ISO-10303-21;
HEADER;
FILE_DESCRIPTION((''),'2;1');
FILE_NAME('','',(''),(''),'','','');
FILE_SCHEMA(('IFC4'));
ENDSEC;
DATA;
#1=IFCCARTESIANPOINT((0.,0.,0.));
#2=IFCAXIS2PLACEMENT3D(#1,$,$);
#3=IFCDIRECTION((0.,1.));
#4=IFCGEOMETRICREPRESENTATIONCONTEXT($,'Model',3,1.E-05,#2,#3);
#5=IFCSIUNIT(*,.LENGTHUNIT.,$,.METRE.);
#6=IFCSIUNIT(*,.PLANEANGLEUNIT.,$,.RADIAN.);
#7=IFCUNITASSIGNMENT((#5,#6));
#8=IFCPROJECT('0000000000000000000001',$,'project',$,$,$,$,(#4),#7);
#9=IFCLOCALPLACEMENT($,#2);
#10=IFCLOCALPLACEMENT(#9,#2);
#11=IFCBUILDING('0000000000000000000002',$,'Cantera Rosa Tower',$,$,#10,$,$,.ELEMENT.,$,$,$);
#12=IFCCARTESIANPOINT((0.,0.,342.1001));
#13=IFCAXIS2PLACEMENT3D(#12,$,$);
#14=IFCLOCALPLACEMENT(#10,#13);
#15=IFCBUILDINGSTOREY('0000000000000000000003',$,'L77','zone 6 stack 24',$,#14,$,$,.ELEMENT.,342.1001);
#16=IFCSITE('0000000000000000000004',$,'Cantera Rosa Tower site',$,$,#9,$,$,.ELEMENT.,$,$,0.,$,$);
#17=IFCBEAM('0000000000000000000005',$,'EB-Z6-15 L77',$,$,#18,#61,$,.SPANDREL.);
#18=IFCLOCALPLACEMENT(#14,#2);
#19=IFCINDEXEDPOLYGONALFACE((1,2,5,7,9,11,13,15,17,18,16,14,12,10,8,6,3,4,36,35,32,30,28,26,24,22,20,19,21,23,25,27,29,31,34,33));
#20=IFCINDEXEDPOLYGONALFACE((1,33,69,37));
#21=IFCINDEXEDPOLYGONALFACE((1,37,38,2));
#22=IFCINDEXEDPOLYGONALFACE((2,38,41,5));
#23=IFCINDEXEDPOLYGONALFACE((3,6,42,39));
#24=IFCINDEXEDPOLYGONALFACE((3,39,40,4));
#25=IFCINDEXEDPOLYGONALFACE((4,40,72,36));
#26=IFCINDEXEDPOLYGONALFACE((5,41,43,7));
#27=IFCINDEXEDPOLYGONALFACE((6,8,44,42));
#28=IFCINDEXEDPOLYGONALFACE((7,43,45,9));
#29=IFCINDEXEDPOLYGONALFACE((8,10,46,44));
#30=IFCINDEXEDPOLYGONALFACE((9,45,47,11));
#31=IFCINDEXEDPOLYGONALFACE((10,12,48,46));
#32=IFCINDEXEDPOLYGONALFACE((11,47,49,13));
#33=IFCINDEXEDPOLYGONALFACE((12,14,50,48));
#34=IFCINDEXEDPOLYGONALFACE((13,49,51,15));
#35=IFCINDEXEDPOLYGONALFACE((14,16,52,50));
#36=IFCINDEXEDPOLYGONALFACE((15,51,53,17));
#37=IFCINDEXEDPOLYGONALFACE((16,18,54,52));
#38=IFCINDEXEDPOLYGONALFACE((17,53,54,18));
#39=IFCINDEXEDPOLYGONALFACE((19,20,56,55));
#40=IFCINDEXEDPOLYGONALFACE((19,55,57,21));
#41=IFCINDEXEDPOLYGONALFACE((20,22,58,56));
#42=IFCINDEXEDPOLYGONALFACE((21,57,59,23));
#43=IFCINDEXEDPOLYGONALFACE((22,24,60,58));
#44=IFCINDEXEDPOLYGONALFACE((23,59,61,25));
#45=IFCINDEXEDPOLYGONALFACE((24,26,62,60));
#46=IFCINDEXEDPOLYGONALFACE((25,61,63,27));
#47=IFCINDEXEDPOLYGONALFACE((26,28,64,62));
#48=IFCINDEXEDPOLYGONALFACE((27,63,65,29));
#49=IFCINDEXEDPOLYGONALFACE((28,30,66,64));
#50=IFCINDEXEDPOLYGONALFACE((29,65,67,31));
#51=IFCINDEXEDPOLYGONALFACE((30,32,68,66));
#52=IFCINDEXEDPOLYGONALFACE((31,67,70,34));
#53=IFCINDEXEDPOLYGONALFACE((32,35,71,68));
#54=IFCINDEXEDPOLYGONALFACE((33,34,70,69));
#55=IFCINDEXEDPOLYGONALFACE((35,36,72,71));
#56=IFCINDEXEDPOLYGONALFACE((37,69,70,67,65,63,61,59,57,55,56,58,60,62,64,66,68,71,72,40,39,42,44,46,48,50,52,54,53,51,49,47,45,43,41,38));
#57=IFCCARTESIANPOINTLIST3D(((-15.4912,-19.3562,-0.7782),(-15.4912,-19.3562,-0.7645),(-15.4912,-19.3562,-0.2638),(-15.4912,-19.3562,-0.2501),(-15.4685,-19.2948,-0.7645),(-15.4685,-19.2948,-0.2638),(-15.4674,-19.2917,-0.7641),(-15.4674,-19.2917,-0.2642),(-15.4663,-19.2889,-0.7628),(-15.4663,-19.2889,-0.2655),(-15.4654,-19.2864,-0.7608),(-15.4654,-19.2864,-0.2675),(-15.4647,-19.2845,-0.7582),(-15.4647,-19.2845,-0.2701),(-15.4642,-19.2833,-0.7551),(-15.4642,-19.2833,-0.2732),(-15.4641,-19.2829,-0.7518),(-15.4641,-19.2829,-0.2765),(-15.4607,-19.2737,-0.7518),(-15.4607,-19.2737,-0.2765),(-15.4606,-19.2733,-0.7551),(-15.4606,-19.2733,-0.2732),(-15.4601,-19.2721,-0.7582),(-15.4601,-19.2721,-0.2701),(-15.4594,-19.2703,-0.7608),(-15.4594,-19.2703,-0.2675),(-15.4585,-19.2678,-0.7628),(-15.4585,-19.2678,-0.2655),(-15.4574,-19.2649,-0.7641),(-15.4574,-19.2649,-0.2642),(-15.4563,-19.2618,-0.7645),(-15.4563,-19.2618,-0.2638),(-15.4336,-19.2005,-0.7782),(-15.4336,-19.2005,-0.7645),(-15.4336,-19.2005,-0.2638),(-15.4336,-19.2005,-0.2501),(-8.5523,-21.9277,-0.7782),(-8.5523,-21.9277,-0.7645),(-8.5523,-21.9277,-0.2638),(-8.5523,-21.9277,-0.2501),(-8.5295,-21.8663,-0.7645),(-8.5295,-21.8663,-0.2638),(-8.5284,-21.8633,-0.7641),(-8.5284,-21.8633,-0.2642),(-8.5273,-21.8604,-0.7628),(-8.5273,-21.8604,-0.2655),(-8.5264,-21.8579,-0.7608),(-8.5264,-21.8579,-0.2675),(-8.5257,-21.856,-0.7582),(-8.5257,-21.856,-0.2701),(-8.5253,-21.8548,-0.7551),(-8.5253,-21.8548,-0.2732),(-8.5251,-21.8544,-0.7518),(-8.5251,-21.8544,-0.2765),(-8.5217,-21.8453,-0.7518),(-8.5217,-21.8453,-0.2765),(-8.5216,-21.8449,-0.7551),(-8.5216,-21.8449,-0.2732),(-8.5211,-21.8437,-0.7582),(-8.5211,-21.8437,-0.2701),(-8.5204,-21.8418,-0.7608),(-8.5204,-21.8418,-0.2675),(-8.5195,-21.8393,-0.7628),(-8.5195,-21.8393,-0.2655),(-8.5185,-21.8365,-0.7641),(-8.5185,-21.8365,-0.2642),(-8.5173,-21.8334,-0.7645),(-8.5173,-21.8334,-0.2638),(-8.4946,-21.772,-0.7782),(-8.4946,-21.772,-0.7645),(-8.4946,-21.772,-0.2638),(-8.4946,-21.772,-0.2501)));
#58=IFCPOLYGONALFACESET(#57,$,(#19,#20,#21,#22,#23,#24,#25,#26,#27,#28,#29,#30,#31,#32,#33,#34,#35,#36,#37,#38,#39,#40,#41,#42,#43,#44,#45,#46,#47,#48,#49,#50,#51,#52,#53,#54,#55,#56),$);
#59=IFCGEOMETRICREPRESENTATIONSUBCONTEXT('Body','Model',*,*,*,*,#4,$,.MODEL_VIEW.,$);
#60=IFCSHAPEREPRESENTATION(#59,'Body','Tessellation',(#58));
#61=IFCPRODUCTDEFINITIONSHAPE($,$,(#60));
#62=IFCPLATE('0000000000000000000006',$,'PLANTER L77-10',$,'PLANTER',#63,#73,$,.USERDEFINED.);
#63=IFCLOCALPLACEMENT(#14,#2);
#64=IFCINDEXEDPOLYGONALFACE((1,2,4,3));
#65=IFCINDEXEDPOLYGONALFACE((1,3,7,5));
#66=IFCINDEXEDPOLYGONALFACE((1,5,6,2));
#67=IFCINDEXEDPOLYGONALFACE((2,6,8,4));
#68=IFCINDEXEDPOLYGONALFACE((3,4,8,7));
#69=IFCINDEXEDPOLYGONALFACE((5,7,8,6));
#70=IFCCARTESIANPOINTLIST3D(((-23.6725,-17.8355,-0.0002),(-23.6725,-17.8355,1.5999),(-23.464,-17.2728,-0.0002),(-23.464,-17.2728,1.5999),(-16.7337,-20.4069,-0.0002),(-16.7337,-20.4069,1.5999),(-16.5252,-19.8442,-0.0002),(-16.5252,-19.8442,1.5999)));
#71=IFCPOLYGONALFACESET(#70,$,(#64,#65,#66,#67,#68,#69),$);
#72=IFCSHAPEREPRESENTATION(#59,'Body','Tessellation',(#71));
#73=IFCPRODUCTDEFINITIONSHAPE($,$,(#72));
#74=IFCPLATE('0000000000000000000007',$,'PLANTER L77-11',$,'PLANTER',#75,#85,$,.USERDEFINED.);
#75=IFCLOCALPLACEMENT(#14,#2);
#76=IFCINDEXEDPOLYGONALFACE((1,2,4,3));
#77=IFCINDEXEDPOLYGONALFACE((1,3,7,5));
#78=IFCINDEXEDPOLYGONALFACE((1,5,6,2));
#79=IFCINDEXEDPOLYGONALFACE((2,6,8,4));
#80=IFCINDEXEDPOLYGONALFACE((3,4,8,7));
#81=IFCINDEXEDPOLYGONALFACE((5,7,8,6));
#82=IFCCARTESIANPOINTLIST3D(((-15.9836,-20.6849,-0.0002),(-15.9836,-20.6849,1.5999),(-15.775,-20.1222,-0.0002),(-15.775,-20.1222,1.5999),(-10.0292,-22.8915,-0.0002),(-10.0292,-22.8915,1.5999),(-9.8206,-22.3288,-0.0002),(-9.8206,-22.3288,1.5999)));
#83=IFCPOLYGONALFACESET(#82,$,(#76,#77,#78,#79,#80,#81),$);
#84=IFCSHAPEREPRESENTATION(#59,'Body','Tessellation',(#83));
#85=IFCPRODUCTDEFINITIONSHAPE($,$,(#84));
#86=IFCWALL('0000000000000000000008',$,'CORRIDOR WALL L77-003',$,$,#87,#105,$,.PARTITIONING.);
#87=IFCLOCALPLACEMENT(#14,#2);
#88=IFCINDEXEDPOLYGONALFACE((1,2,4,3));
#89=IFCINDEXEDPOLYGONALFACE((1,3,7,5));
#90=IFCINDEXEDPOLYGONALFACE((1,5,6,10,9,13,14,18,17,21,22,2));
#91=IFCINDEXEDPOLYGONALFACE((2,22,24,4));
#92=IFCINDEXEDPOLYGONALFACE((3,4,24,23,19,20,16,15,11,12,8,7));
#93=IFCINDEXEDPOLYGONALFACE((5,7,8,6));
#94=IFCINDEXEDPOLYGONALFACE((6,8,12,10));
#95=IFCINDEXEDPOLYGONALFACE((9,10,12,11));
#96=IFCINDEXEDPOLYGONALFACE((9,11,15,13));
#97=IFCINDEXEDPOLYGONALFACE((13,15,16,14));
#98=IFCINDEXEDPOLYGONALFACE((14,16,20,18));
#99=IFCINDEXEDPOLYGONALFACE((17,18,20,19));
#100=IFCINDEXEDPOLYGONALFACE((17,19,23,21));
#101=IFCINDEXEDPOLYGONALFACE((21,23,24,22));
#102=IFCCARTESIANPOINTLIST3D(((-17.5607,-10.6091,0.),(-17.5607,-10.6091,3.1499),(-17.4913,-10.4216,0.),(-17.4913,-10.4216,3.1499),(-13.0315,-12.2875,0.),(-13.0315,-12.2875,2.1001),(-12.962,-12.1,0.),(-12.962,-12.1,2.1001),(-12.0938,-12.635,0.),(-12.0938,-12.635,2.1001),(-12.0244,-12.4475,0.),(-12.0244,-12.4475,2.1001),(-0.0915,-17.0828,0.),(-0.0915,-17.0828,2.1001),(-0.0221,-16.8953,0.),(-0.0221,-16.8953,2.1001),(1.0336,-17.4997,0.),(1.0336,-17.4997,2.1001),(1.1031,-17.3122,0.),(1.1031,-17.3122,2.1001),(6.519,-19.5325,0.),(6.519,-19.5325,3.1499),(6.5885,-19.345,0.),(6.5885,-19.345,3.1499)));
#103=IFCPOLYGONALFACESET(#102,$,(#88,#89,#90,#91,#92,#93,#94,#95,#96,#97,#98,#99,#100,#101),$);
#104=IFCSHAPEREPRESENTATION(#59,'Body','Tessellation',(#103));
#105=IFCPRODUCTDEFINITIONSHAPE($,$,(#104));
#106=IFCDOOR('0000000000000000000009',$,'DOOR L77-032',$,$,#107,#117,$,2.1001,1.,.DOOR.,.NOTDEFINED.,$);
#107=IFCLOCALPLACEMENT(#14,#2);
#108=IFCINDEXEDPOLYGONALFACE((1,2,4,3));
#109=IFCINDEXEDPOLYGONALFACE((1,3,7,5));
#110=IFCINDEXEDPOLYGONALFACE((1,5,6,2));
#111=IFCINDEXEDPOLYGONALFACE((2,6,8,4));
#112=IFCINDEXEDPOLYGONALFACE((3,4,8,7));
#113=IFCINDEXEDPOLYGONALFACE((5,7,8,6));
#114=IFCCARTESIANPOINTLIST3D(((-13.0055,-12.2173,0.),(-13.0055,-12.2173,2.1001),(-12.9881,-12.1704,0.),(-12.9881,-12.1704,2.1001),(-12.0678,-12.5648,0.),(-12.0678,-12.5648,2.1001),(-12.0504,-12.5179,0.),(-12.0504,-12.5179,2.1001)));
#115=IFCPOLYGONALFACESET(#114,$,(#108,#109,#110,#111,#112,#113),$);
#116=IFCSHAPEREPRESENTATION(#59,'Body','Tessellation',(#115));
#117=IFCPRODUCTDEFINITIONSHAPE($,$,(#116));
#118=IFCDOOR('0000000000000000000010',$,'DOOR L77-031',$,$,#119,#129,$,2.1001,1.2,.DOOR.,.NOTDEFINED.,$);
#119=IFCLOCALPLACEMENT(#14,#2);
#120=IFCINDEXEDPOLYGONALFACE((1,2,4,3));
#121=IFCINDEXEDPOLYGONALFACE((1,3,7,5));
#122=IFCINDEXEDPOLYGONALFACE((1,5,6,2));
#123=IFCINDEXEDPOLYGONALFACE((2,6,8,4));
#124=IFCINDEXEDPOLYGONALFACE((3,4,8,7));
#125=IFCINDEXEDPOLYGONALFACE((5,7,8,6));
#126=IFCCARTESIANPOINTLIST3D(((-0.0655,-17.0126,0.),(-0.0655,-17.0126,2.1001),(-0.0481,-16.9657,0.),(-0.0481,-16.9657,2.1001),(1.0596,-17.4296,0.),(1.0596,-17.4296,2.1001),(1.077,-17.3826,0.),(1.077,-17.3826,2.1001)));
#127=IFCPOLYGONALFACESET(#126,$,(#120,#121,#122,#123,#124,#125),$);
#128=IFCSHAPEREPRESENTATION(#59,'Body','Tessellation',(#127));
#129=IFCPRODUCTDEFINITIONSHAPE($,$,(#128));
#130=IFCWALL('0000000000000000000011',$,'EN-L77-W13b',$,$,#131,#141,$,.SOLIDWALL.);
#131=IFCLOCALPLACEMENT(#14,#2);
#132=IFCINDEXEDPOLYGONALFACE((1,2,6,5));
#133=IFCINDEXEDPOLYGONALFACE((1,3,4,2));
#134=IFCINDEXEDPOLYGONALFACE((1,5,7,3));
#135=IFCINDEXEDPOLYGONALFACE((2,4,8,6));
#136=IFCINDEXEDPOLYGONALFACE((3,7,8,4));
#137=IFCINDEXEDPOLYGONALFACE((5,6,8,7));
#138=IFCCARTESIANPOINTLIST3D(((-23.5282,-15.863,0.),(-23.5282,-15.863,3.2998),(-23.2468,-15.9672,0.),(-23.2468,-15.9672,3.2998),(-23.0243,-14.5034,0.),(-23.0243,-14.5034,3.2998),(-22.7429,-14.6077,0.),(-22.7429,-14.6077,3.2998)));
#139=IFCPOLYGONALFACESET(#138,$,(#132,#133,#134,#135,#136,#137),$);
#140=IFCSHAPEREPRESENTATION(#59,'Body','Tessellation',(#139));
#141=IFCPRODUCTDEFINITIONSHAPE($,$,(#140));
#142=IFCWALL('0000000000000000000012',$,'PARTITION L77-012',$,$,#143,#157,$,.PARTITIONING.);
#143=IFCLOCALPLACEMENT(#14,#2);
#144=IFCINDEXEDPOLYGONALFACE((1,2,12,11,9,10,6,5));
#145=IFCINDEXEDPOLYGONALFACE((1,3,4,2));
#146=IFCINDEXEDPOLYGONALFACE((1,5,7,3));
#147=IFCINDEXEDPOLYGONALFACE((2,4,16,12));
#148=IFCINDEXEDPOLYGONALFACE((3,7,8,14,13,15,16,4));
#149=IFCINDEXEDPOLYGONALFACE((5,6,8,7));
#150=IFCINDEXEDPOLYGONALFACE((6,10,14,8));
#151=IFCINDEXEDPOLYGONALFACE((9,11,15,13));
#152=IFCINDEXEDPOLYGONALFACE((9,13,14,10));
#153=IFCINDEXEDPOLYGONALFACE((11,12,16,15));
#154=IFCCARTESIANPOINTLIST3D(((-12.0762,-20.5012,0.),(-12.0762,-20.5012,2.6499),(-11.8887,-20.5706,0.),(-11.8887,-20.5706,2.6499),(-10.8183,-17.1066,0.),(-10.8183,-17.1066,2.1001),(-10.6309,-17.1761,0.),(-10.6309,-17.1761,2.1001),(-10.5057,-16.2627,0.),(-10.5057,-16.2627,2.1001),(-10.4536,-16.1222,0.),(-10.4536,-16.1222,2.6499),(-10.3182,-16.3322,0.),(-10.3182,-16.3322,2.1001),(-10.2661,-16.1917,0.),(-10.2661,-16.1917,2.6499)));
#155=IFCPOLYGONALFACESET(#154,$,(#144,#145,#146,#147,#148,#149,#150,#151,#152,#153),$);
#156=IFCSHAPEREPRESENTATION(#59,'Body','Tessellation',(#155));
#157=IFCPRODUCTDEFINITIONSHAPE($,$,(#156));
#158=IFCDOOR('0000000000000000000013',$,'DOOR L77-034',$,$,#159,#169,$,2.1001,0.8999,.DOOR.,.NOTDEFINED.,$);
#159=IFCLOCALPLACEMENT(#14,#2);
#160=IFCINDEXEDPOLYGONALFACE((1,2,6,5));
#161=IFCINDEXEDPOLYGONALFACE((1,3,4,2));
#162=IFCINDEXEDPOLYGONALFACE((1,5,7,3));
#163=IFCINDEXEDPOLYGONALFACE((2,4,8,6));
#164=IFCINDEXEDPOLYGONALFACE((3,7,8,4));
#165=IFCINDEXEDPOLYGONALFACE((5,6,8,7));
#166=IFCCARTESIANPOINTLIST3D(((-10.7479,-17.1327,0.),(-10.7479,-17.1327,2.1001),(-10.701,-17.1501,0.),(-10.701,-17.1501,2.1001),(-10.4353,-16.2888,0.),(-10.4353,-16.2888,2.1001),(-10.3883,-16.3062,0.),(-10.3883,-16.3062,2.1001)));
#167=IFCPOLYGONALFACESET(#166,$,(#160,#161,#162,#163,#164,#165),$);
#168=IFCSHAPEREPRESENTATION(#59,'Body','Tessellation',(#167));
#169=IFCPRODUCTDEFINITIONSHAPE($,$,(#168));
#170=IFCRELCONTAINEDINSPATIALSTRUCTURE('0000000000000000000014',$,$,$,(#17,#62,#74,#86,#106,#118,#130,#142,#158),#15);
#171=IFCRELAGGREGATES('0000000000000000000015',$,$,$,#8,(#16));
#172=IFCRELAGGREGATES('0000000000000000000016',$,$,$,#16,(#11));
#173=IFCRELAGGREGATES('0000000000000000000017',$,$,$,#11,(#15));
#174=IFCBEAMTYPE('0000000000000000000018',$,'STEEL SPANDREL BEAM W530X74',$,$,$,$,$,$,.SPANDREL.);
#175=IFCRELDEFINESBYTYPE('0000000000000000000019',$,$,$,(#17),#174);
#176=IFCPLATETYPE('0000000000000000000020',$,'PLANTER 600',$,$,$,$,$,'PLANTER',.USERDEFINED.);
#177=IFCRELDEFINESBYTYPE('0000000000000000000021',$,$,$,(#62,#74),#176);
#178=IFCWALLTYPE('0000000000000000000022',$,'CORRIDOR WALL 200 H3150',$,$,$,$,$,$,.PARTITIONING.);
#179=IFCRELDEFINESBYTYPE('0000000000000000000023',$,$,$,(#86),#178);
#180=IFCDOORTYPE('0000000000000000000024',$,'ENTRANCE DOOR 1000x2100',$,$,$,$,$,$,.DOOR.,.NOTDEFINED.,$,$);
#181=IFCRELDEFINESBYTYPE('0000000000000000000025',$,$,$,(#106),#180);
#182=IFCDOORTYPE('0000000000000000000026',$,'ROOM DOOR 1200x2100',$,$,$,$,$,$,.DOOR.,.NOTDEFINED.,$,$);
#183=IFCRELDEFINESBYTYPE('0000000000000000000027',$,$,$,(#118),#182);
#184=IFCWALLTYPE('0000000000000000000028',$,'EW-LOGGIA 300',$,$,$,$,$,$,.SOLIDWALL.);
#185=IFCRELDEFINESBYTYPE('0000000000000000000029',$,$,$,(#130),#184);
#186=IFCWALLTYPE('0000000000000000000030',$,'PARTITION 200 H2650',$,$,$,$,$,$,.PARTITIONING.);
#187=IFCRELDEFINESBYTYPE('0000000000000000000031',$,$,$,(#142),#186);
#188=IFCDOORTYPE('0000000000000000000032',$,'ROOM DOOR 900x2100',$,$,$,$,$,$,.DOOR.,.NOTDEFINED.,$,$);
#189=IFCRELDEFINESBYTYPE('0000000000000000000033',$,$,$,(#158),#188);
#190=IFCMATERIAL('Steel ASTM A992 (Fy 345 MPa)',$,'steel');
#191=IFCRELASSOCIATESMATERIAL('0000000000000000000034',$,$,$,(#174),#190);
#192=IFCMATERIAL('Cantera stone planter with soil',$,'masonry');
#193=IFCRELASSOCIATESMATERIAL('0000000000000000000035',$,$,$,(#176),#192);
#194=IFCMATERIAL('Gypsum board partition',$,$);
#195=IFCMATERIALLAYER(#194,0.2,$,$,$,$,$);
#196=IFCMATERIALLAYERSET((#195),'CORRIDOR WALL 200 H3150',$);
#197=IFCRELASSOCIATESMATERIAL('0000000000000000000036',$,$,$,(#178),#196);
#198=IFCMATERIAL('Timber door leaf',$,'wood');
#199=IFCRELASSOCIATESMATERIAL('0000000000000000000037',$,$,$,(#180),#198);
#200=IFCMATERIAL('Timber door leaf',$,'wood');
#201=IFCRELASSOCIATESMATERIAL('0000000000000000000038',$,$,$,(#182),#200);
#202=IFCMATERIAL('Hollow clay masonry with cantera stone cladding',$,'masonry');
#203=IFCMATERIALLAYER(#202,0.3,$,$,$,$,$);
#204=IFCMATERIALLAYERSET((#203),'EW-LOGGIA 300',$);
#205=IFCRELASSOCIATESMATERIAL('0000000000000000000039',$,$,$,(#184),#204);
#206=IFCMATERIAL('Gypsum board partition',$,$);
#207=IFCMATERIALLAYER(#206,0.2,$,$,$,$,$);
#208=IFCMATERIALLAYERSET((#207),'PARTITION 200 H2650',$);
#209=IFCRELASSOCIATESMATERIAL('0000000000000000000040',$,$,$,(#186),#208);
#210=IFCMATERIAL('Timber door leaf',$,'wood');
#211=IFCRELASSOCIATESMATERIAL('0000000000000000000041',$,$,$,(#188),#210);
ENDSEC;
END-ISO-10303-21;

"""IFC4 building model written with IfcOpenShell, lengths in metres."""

from ifc_helpers import new_model, si_unit, direction, frame, frame_2d, origin, origin_2d, place, context, subcontext, project, spatial, rectangle, i_section, extrude, material, layer, layer_set, material_profile, profile_set, type_object, element, fill, save


model = new_model("IFC4")

# Units and contexts
model_context = context("Model", 3, precision=1e-05, world=origin(), true_north=direction((0.0, 1.0)))
body_context = subcontext(model_context, "Body", "Model", "MODEL_VIEW")
ifc_project = project(units=[si_unit("LENGTHUNIT", "METRE"), si_unit("PLANEANGLEUNIT", "RADIAN")], contexts=[model_context])

# Site, building, storey
site_placement = place(None, origin())
site = spatial("IfcSite", under=ifc_project, at=site_placement, Name="Cantera Rosa Tower site", CompositionType="ELEMENT", RefElevation=0.0)
building_placement = place(site_placement, origin())
building = spatial("IfcBuilding", under=site, at=building_placement, Name="Cantera Rosa Tower", CompositionType="ELEMENT")
storey_placement = place(building_placement, frame((0.0, 0.0, 342.1001)))
storey = spatial("IfcBuildingStorey", under=building, at=storey_placement, Name="L77", Description="zone 6 stack 24", CompositionType="ELEMENT", Elevation=342.1001)

# Beam
ifc_material_1 = material(Name="Steel ASTM A992 (Fy 345 MPa)", Category="steel")
ifc_material_profile_1 = material_profile(ifc_material_1, i_section(OverallWidth=0.166, OverallDepth=0.5281, WebThickness=0.0098, FlangeThickness=0.0137, FilletRadius=0.0127, at=origin_2d()), Name="W530X74")
ifc_profile_set_1 = profile_set([ifc_material_profile_1], Name="Steel ASTM A992 (Fy 345 MPa)")
beam_type_1 = type_object("IfcBeamType", Name="STEEL SPANDREL BEAM W530X74", PredefinedType="SPANDREL", material=ifc_profile_set_1)
beam_1_placement = place(storey_placement, frame((-15.4624, -19.2783, -0.5142), z_axis=(0.937681, -0.347498, 0.0), x_axis=(0.347498, 0.937681, 0.0)))
element("IfcBeam", 1, at=beam_1_placement, inside=storey, type_object=beam_type_1, Name="EB-Z6-15 L77", PredefinedType="SPANDREL", context=body_context, shape_type="SweptSolid", body=[
    extrude(i_section(OverallWidth=0.166, OverallDepth=0.5281, WebThickness=0.0098, FlangeThickness=0.0137, FilletRadius=0.0127, at=origin_2d()), origin(), (0.0, 0.0, 1.0), 7.4001),
])

# Plates
ifc_material_2 = material(Name="Cantera stone planter with soil", Category="masonry")
plate_type = type_object("IfcPlateType", Name="PLANTER 600", ElementType="PLANTER", PredefinedType="USERDEFINED", material=ifc_material_2)
plate_1_placement = place(storey_placement, frame((-20.0989, -18.8398, -0.0002), z_axis=(0.0, 0.0, 1.0), x_axis=(0.937687, -0.347481, 0.0)))
element("IfcPlate", 2, at=plate_1_placement, inside=storey, type_object=plate_type, Name="PLANTER L77-10", ObjectType="PLANTER", PredefinedType="USERDEFINED", context=body_context, shape_type="SweptSolid", body=[
    extrude(rectangle(XDim=7.3999, YDim=0.6001, at=origin_2d()), origin(), (0.0, 0.0, 1.0), 1.6001),
])
plate_2_placement = place(storey_placement, frame((-12.9021, -21.5068, -0.0002), z_axis=(0.0, 0.0, 1.0), x_axis=(0.937687, -0.347481, 0.0)))
element("IfcPlate", 3, at=plate_2_placement, inside=storey, type_object=plate_type, Name="PLANTER L77-11", ObjectType="PLANTER", PredefinedType="USERDEFINED", context=body_context, shape_type="SweptSolid", body=[
    extrude(rectangle(XDim=6.3501, YDim=0.6001, at=origin_2d()), origin(), (0.0, 0.0, 1.0), 1.6001),
])

# Wall, openings, doors
ifc_material_3 = material(Name="Gypsum board partition")
ifc_layer_1 = layer(ifc_material_3, 0.2)
ifc_layer_set_1 = layer_set([ifc_layer_1], Name="CORRIDOR WALL 200 H3150")
wall_type_1 = type_object("IfcWallType", Name="CORRIDOR WALL 200 H3150", PredefinedType="PARTITIONING", material=ifc_layer_set_1)
wall_1_placement = place(storey_placement, frame((-17.5259, -10.5154, 0.0), z_axis=(0.0, 0.0, 1.0), x_axis=(0.937686, -0.347485, 0.0)))
wall_1 = element("IfcWall", 4, at=wall_1_placement, inside=storey, type_object=wall_type_1, Name="CORRIDOR WALL L77-003", PredefinedType="PARTITIONING", context=body_context, shape_type="SweptSolid", body=[
    extrude(rectangle(XDim=25.6799, YDim=0.2, at=frame_2d((12.8398, 0.0))), origin(), (0.0, 0.0, 1.0), 3.1499),
])
opening_1_placement = place(wall_1_placement, frame((18.6299, 0.0, 0.0)))
opening_1 = element("IfcOpeningElement", 5, at=opening_1_placement, cuts=wall_1, PredefinedType="OPENING", context=body_context, shape_type="SweptSolid", body=[
    extrude(rectangle(XDim=1.2, YDim=2.1001, at=frame_2d((0.6001, 1.05))), frame((0.0, 0.1099, 0.0), z_axis=(0.0, -1.0, 0.0), x_axis=(1.0, 0.0, 0.0)), (0.0, 0.0, 1.0), 0.22),
])
opening_2_placement = place(wall_1_placement, frame((4.8301, 0.0, 0.0)))
opening_2 = element("IfcOpeningElement", 6, at=opening_2_placement, cuts=wall_1, PredefinedType="OPENING", context=body_context, shape_type="SweptSolid", body=[
    extrude(rectangle(XDim=1.0, YDim=2.1001, at=frame_2d((0.5, 1.05))), frame((0.0, 0.1099, 0.0), z_axis=(0.0, -1.0, 0.0), x_axis=(1.0, 0.0, 0.0)), (0.0, 0.0, 1.0), 0.22),
])
ifc_material_4 = material(Name="Timber door leaf", Category="wood")
door_type_1 = type_object("IfcDoorType", Name="ENTRANCE DOOR 1000x2100", OperationType="NOTDEFINED", PredefinedType="DOOR", material=ifc_material_4)
door_1_placement = place(opening_2_placement, origin())
door_1 = element("IfcDoor", 7, at=door_1_placement, inside=storey, type_object=door_type_1, Name="DOOR L77-032", OperationType="NOTDEFINED", OverallHeight=2.1001, OverallWidth=1.0, PredefinedType="DOOR", context=body_context, shape_type="SweptSolid", body=[
    extrude(rectangle(XDim=1.0, YDim=2.1001, at=frame_2d((0.5, 1.05))), frame((0.0, 0.0249, 0.0), z_axis=(0.0, -1.0, 0.0), x_axis=(1.0, 0.0, 0.0)), (0.0, 0.0, 1.0), 0.05),
])
fill(opening_2, door_1)
ifc_material_5 = material(Name="Timber door leaf", Category="wood")
door_type_2 = type_object("IfcDoorType", Name="ROOM DOOR 1200x2100", OperationType="NOTDEFINED", PredefinedType="DOOR", material=ifc_material_5)
door_2_placement = place(opening_1_placement, origin())
door_2 = element("IfcDoor", 8, at=door_2_placement, inside=storey, type_object=door_type_2, Name="DOOR L77-031", OperationType="NOTDEFINED", OverallHeight=2.1001, OverallWidth=1.2, PredefinedType="DOOR", context=body_context, shape_type="SweptSolid", body=[
    extrude(rectangle(XDim=1.2, YDim=2.1001, at=frame_2d((0.6001, 1.05))), frame((0.0, 0.0249, 0.0), z_axis=(0.0, -1.0, 0.0), x_axis=(1.0, 0.0, 0.0)), (0.0, 0.0, 1.0), 0.05),
])
fill(opening_1, door_2)

# Wall
ifc_material_6 = material(Name="Hollow clay masonry with cantera stone cladding", Category="masonry")
ifc_layer_2 = layer(ifc_material_6, 0.3)
ifc_layer_set_2 = layer_set([ifc_layer_2], Name="EW-LOGGIA 300")
wall_type_2 = type_object("IfcWallType", Name="EW-LOGGIA 300", PredefinedType="SOLIDWALL", material=ifc_layer_set_2)
wall_2_placement = place(storey_placement, frame((-22.8835, -14.5554, 0.0), z_axis=(0.0, 0.0, 1.0), x_axis=(-0.347523, -0.937672, 0.0)))
element("IfcWall", 9, at=wall_2_placement, inside=storey, type_object=wall_type_2, Name="EN-L77-W13b", PredefinedType="SOLIDWALL", context=body_context, shape_type="SweptSolid", body=[
    extrude(rectangle(XDim=1.45, YDim=0.3, at=frame_2d((0.7251, 0.0))), origin(), (0.0, 0.0, 1.0), 3.2998),
])

# Wall, opening, door
ifc_material_7 = material(Name="Gypsum board partition")
ifc_layer_3 = layer(ifc_material_7, 0.2)
ifc_layer_set_3 = layer_set([ifc_layer_3], Name="PARTITION 200 H2650")
wall_type_3 = type_object("IfcWallType", Name="PARTITION 200 H2650", PredefinedType="PARTITIONING", material=ifc_layer_set_3)
wall_3_placement = place(storey_placement, frame((-11.9824, -20.5359, 0.0), z_axis=(0.0, 0.0, 1.0), x_axis=(0.347454, 0.937697, 0.0)))
wall_3 = element("IfcWall", 10, at=wall_3_placement, inside=storey, type_object=wall_type_3, Name="PARTITION L77-012", PredefinedType="PARTITIONING", context=body_context, shape_type="SweptSolid", body=[
    extrude(rectangle(XDim=4.6699, YDim=0.2, at=frame_2d((2.335, 0.0))), origin(), (0.0, 0.0, 1.0), 2.6499),
])
opening_3_placement = place(wall_3_placement, frame((3.6201, 0.0, 0.0)))
opening_3 = element("IfcOpeningElement", 11, at=opening_3_placement, cuts=wall_3, PredefinedType="OPENING", context=body_context, shape_type="SweptSolid", body=[
    extrude(rectangle(XDim=0.8999, YDim=2.1001, at=frame_2d((0.45, 1.05))), frame((0.0, 0.1099, 0.0), z_axis=(0.0, -1.0, 0.0), x_axis=(1.0, 0.0, 0.0)), (0.0, 0.0, 1.0), 0.22),
])
ifc_material_8 = material(Name="Timber door leaf", Category="wood")
door_type_3 = type_object("IfcDoorType", Name="ROOM DOOR 900x2100", OperationType="NOTDEFINED", PredefinedType="DOOR", material=ifc_material_8)
door_3_placement = place(opening_3_placement, origin())
door_3 = element("IfcDoor", 12, at=door_3_placement, inside=storey, type_object=door_type_3, Name="DOOR L77-034", OperationType="NOTDEFINED", OverallHeight=2.1001, OverallWidth=0.8999, PredefinedType="DOOR", context=body_context, shape_type="SweptSolid", body=[
    extrude(rectangle(XDim=0.8999, YDim=2.1001, at=frame_2d((0.45, 1.05))), frame((0.0, 0.0249, 0.0), z_axis=(0.0, -1.0, 0.0), x_axis=(1.0, 0.0, 0.0)), (0.0, 0.0, 1.0), 0.05),
])
fill(opening_3, door_3)

save(model, "model.ifc")
